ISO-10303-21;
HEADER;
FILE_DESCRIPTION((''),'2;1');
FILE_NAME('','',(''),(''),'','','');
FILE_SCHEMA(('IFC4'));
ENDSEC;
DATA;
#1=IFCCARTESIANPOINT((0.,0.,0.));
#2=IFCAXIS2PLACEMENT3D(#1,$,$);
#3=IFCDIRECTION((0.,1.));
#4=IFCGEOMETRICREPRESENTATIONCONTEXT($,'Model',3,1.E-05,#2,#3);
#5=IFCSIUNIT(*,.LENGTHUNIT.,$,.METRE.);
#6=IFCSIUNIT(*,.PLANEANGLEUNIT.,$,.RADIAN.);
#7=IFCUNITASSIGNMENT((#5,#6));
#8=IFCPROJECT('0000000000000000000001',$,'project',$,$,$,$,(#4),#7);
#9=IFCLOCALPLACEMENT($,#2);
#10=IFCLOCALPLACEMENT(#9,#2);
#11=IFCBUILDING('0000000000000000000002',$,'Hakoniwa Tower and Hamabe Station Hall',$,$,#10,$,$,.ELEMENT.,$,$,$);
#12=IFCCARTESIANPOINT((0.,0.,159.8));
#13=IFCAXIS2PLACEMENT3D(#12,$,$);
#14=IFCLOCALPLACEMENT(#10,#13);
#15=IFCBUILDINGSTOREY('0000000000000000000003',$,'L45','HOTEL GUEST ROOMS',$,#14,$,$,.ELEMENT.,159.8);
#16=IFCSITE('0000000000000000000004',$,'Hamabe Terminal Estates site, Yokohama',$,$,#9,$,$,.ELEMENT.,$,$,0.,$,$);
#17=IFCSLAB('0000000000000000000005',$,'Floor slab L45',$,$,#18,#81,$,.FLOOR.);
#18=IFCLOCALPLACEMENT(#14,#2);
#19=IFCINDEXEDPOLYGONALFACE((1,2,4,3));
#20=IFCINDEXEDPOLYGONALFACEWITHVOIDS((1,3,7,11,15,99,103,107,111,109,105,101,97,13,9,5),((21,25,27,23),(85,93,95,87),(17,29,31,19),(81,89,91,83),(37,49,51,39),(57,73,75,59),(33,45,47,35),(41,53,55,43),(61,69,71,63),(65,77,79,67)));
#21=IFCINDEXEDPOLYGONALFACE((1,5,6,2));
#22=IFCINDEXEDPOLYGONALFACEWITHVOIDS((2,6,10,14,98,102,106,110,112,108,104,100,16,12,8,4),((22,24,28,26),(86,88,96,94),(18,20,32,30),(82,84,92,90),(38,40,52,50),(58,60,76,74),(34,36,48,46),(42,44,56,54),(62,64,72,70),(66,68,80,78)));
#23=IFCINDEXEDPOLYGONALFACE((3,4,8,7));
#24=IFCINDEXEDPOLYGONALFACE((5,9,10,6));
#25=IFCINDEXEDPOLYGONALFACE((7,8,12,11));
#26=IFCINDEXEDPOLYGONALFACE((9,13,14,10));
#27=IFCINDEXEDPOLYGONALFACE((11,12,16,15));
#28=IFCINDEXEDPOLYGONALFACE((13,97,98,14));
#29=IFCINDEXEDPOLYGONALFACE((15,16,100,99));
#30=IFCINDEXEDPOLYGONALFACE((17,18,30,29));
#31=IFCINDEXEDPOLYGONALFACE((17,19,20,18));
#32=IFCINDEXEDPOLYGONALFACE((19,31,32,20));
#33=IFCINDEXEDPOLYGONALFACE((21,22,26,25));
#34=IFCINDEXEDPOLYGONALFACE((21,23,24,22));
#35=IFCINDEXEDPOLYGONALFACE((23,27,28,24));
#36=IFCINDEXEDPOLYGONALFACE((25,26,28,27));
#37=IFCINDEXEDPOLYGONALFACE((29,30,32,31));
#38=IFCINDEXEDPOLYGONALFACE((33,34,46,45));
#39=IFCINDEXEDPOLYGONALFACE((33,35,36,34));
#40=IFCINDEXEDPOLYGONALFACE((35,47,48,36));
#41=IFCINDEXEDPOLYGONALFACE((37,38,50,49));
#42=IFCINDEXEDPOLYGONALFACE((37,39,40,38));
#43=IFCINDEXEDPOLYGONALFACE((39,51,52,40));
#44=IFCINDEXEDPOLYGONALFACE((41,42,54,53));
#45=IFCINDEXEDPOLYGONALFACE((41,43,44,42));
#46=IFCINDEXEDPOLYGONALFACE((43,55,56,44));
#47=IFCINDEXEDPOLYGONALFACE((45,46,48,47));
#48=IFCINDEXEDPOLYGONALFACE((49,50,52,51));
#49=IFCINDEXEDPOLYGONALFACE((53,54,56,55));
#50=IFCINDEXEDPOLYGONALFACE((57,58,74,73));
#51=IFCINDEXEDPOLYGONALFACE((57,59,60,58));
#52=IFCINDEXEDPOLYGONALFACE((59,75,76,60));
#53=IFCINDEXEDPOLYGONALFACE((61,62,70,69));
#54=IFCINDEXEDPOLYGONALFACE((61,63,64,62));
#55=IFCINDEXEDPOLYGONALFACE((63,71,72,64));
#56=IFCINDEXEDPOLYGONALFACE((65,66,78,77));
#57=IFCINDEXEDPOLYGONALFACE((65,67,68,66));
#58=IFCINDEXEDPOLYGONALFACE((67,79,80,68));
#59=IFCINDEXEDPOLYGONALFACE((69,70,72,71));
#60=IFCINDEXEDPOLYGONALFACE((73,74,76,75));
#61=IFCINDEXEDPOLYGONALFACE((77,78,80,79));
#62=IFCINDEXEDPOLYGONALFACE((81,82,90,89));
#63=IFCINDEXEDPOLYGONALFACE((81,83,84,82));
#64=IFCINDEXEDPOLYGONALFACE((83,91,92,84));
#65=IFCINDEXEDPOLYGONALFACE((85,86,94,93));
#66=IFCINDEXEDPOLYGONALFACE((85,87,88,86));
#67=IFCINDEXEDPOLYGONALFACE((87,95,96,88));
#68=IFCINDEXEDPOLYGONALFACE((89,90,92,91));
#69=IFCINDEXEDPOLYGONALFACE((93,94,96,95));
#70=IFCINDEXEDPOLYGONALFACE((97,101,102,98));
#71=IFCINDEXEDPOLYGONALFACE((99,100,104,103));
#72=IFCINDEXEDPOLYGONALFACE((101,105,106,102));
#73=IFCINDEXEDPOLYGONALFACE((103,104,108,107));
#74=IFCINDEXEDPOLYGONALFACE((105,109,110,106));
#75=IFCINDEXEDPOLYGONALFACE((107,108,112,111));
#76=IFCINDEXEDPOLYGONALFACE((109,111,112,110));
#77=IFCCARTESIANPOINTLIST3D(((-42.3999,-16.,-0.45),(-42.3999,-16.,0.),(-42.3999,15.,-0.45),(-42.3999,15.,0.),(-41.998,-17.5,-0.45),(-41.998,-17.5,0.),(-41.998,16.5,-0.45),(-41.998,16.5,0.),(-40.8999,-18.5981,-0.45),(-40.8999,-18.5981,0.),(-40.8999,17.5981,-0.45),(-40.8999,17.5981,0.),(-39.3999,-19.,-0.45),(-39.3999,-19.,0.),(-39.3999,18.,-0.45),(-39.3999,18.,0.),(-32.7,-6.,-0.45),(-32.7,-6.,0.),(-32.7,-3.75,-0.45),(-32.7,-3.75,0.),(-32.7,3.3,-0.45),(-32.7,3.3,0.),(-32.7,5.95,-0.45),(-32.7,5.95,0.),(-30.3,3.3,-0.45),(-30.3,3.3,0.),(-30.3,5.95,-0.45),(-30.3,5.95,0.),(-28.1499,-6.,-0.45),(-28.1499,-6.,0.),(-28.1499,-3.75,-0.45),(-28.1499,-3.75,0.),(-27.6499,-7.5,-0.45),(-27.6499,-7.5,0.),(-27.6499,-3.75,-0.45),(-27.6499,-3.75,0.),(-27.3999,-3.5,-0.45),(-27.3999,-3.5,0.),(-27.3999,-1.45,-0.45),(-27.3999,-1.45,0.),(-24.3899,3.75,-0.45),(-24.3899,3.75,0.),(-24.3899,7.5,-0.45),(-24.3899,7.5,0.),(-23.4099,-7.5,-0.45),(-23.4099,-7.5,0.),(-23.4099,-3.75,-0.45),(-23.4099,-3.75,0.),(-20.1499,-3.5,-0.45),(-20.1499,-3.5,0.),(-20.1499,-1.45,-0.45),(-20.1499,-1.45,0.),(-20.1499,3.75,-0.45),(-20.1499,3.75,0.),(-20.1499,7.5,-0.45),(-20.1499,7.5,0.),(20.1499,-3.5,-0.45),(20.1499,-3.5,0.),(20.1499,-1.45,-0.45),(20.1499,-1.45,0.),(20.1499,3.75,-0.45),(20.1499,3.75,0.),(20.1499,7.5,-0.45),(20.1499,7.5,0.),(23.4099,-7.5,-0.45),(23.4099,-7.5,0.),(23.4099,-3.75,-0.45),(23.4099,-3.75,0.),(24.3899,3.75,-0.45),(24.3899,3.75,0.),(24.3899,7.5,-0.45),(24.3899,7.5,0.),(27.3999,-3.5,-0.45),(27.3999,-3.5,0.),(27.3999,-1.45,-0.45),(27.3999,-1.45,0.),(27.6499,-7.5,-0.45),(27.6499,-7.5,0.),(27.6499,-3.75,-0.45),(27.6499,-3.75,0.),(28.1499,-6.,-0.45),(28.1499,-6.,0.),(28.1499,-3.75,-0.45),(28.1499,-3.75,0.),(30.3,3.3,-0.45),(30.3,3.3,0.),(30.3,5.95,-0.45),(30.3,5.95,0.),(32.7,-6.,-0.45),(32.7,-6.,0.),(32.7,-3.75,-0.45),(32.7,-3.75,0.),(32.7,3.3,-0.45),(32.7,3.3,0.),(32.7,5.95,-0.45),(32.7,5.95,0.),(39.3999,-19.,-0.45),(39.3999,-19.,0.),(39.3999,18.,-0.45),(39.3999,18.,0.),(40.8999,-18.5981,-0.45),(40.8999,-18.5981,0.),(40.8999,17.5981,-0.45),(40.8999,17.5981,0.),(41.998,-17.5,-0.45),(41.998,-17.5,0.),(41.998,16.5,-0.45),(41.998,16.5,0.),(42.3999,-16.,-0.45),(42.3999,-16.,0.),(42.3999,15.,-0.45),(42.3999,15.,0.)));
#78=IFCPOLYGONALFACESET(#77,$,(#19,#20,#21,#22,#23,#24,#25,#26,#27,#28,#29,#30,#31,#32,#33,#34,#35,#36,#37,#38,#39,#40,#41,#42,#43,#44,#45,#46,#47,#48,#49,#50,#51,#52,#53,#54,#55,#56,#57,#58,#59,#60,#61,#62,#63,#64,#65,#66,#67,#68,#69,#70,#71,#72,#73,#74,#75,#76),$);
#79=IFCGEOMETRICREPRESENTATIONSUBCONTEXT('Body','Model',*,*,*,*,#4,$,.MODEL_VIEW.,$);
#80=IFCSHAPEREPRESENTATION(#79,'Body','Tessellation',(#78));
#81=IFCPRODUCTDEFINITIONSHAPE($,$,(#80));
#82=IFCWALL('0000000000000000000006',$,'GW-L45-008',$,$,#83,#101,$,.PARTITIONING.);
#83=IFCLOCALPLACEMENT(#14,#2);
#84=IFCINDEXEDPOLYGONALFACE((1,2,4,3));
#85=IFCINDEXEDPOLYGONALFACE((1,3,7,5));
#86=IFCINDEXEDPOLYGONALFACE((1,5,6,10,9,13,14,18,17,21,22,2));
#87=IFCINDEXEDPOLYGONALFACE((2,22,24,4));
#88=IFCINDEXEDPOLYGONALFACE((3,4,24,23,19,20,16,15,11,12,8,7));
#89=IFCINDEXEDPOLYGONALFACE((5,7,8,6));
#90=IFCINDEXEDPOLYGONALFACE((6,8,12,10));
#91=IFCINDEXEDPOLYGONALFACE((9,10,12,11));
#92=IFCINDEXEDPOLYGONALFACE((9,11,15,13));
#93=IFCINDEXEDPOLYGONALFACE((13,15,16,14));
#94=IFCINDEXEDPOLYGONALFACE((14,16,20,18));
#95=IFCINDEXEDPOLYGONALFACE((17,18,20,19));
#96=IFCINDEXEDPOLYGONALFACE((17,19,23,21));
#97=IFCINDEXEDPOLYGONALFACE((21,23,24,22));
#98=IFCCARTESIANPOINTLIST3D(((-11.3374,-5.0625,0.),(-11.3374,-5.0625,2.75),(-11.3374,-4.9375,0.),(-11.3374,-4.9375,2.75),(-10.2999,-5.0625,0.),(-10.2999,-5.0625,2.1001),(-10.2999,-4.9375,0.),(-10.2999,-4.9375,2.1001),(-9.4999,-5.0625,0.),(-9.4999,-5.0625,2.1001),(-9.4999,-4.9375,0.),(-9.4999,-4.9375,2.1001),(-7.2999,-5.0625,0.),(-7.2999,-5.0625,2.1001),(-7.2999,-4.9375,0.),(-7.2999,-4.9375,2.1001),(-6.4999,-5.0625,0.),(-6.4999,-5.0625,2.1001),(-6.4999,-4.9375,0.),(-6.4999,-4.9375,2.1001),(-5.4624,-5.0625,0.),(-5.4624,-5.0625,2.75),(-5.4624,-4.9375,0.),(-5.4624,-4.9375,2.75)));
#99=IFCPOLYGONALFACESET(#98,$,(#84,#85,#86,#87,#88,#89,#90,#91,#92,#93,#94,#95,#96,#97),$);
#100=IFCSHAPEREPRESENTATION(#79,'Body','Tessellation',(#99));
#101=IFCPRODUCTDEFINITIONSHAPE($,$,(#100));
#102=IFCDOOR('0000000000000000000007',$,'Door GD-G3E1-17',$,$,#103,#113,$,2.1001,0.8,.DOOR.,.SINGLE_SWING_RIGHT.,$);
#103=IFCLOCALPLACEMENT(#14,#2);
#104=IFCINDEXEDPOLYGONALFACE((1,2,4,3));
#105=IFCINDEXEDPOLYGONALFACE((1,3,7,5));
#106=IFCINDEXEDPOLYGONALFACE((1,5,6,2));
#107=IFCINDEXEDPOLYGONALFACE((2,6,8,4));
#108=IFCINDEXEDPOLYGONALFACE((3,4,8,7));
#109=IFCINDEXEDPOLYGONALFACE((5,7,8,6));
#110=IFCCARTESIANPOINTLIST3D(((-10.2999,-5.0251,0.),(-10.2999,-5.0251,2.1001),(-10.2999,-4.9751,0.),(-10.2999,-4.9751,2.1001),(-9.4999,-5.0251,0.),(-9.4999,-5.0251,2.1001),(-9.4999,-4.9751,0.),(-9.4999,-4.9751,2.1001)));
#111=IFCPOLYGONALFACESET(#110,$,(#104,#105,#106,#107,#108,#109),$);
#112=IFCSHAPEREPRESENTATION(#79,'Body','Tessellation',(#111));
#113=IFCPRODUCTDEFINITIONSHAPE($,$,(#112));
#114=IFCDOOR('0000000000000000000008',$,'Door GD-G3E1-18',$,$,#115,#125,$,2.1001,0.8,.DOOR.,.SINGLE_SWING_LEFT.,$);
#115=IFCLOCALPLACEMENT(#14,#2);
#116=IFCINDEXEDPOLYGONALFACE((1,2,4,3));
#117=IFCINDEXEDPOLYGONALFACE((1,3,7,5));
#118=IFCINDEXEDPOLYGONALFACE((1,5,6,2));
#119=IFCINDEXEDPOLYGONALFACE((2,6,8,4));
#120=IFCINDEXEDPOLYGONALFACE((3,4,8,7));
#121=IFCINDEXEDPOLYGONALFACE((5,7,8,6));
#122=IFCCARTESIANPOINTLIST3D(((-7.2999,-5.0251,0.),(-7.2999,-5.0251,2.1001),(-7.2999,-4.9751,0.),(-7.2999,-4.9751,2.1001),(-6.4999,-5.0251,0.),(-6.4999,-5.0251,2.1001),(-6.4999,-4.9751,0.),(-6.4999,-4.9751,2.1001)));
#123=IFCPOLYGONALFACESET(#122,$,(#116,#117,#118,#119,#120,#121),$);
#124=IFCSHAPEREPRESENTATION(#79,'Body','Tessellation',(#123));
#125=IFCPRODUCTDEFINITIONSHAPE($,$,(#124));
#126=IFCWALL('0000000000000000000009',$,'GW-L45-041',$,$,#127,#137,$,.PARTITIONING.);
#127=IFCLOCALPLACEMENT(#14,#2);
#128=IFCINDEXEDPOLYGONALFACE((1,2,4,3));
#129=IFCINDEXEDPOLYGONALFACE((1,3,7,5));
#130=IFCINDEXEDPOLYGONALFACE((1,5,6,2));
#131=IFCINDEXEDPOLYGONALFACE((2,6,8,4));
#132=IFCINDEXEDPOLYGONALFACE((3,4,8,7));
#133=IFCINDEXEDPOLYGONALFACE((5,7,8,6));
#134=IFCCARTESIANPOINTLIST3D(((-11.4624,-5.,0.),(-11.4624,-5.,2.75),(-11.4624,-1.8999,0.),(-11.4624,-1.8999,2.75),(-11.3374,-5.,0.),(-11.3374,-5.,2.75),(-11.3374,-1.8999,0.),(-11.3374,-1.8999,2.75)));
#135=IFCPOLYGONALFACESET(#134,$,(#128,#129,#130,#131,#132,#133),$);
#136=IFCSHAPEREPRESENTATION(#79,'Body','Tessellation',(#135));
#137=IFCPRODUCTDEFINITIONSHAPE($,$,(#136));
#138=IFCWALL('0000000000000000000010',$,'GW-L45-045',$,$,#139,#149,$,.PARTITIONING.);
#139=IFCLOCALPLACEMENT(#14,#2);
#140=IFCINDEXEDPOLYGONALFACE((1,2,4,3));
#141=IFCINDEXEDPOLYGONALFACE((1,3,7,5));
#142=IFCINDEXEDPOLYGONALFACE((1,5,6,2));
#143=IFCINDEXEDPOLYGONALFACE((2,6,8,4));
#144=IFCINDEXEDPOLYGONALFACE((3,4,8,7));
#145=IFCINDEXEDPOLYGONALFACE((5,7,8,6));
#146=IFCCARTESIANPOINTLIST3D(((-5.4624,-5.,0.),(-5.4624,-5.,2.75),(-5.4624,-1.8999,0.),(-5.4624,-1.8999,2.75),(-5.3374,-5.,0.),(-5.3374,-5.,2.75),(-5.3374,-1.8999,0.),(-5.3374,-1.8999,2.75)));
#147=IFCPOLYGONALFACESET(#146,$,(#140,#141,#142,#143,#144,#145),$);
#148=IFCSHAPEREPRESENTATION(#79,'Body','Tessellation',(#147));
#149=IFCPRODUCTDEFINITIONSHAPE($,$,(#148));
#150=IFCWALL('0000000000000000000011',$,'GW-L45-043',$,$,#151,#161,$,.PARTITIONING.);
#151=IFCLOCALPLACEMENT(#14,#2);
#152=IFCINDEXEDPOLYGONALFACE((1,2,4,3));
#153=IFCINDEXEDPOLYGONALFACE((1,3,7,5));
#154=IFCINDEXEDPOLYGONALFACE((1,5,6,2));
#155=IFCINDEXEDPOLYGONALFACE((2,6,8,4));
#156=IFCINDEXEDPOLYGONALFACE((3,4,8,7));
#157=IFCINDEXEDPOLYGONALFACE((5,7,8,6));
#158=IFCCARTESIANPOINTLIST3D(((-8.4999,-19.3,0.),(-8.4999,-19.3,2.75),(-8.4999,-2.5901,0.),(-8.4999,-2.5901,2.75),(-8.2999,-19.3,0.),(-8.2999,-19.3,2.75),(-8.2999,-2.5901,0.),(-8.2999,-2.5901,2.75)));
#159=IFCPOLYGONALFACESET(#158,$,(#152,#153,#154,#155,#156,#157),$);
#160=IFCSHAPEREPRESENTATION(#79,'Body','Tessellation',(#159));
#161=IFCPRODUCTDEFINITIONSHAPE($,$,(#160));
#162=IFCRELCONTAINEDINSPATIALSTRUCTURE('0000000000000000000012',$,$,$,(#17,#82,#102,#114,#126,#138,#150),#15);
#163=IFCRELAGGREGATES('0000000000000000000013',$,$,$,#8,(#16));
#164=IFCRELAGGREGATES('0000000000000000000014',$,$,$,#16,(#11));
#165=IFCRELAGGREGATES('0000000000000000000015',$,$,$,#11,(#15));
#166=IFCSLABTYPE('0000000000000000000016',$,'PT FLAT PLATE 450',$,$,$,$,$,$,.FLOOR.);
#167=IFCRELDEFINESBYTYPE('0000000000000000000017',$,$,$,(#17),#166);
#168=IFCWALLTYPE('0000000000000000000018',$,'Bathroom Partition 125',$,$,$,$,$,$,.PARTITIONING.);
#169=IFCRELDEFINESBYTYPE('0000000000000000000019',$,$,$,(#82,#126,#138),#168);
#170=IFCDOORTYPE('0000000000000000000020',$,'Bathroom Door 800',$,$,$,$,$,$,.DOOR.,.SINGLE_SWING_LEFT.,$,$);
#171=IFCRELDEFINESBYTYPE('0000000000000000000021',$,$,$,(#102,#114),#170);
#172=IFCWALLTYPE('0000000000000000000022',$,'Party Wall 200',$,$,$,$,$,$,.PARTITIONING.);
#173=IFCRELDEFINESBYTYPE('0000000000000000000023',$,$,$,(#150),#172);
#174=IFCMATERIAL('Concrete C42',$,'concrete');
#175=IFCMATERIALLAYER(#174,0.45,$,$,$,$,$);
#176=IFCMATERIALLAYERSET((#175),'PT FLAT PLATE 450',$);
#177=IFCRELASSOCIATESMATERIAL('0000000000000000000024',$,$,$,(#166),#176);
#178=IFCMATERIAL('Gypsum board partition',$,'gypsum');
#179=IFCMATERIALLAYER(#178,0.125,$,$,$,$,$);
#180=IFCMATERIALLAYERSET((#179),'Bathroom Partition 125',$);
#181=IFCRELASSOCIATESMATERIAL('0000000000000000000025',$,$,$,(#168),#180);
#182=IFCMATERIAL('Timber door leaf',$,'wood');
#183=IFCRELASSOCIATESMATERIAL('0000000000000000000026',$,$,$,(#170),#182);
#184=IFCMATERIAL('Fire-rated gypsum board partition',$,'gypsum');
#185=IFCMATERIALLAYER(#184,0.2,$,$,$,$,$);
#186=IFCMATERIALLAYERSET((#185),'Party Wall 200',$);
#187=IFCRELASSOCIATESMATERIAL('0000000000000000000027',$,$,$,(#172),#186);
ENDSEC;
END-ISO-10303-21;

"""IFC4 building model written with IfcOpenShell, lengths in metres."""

from ifc_helpers import new_model, si_unit, direction, frame, frame_2d, origin, place, context, subcontext, project, spatial, polyline, rectangle, outline, extrude, material, layer, layer_set, type_object, element, fill, save


model = new_model("IFC4")

# Units and contexts
model_context = context("Model", 3, precision=1e-05, world=origin(), true_north=direction((0.0, 1.0)))
body_context = subcontext(model_context, "Body", "Model", "MODEL_VIEW")
ifc_project = project(units=[si_unit("LENGTHUNIT", "METRE"), si_unit("PLANEANGLEUNIT", "RADIAN")], contexts=[model_context])

# Site, building, storey
site_placement = place(None, origin())
site = spatial("IfcSite", under=ifc_project, at=site_placement, Name="Hamabe Terminal Estates site, Yokohama", CompositionType="ELEMENT", RefElevation=0.0)
building_placement = place(site_placement, origin())
building = spatial("IfcBuilding", under=site, at=building_placement, Name="Hakoniwa Tower and Hamabe Station Hall", CompositionType="ELEMENT")
storey_placement = place(building_placement, frame((0.0, 0.0, 159.8)))
storey = spatial("IfcBuildingStorey", under=building, at=storey_placement, Name="L45", Description="HOTEL GUEST ROOMS", CompositionType="ELEMENT", Elevation=159.8)

# Slab
ifc_material_1 = material(Name="Concrete C42", Category="concrete")
ifc_layer_1 = layer(ifc_material_1, 0.45)
ifc_layer_set_1 = layer_set([ifc_layer_1], Name="PT FLAT PLATE 450")
slab_type = type_object("IfcSlabType", Name="PT FLAT PLATE 450", PredefinedType="FLOOR", material=ifc_layer_set_1)
slab_placement = place(storey_placement, frame((0.0, 0.0, -0.45)))
element("IfcSlab", 1, at=slab_placement, inside=storey, type_object=slab_type, Name="Floor slab L45", PredefinedType="FLOOR", context=body_context, shape_type="SweptSolid", body=[
    extrude(outline(polyline([(42.3999, -16.0), (42.3999, 15.0), (41.998, 16.5), (40.8999, 17.5981), (39.3999, 18.0), (-39.3999, 18.0), (-40.8999, 17.5981), (-41.998, 16.5), (-42.3999, 15.0), (-42.3999, -16.0), (-41.998, -17.5), (-40.8999, -18.5981), (-39.3999, -19.0), (39.3999, -19.0), (40.8999, -18.5981), (41.998, -17.5), (42.3999, -16.0)]), holes=[polyline([(-27.3999, -3.5), (-27.3999, -1.45), (-20.1499, -1.45), (-20.1499, -3.5), (-27.3999, -3.5)]), polyline([(-32.7, 3.3), (-32.7, 5.95), (-30.3, 5.95), (-30.3, 3.3), (-32.7, 3.3)]), polyline([(-32.7, -6.0), (-32.7, -3.75), (-28.1499, -3.75), (-28.1499, -6.0), (-32.7, -6.0)]), polyline([(-24.3899, 3.75), (-24.3899, 7.5), (-20.1499, 7.5), (-20.1499, 3.75), (-24.3899, 3.75)]), polyline([(-27.6499, -7.5), (-27.6499, -3.75), (-23.4099, -3.75), (-23.4099, -7.5), (-27.6499, -7.5)]), polyline([(20.1499, -3.5), (20.1499, -1.45), (27.3999, -1.45), (27.3999, -3.5), (20.1499, -3.5)]), polyline([(30.3, 3.3), (30.3, 5.95), (32.7, 5.95), (32.7, 3.3), (30.3, 3.3)]), polyline([(28.1499, -6.0), (28.1499, -3.75), (32.7, -3.75), (32.7, -6.0), (28.1499, -6.0)]), polyline([(20.1499, 3.75), (20.1499, 7.5), (24.3899, 7.5), (24.3899, 3.75), (20.1499, 3.75)]), polyline([(23.4099, -7.5), (23.4099, -3.75), (27.6499, -3.75), (27.6499, -7.5), (23.4099, -7.5)])]), origin(), (0.0, 0.0, 1.0), 0.45),
])

# Wall, openings, doors
ifc_material_2 = material(Name="Gypsum board partition", Category="gypsum")
ifc_layer_2 = layer(ifc_material_2, 0.125)
ifc_layer_set_2 = layer_set([ifc_layer_2], Name="Bathroom Partition 125")
wall_type_1 = type_object("IfcWallType", Name="Bathroom Partition 125", PredefinedType="PARTITIONING", material=ifc_layer_set_2)
wall_1_placement = place(storey_placement, frame((-11.3374, -5.0, 0.0), z_axis=(0.0, 0.0, 1.0), x_axis=(1.0, 0.0, 0.0)))
wall_1 = element("IfcWall", 2, at=wall_1_placement, inside=storey, type_object=wall_type_1, Name="GW-L45-008", PredefinedType="PARTITIONING", context=body_context, shape_type="SweptSolid", body=[
    extrude(rectangle(XDim=5.875, YDim=0.125, at=frame_2d((2.9375, 0.0))), origin(), (0.0, 0.0, 1.0), 2.75),
])
opening_1_placement = place(wall_1_placement, frame((1.0376, 0.0, 0.0)))
opening_1 = element("IfcOpeningElement", 3, at=opening_1_placement, cuts=wall_1, PredefinedType="OPENING", context=body_context, shape_type="SweptSolid", body=[
    extrude(rectangle(XDim=0.8, YDim=2.1001, at=frame_2d((0.3999, 1.05))), frame((0.0, 0.0725, 0.0), z_axis=(0.0, -1.0, 0.0), x_axis=(1.0, 0.0, 0.0)), (0.0, 0.0, 1.0), 0.145),
])
opening_2_placement = place(wall_1_placement, frame((4.0376, 0.0, 0.0)))
opening_2 = element("IfcOpeningElement", 4, at=opening_2_placement, cuts=wall_1, PredefinedType="OPENING", context=body_context, shape_type="SweptSolid", body=[
    extrude(rectangle(XDim=0.8, YDim=2.1001, at=frame_2d((0.3999, 1.05))), frame((0.0, 0.0725, 0.0), z_axis=(0.0, -1.0, 0.0), x_axis=(1.0, 0.0, 0.0)), (0.0, 0.0, 1.0), 0.145),
])
ifc_material_3 = material(Name="Timber door leaf", Category="wood")
door_type_1 = type_object("IfcDoorType", Name="Bathroom Door 800", OperationType="SINGLE_SWING_LEFT", PredefinedType="DOOR", material=ifc_material_3)
door_1_placement = place(opening_1_placement, origin())
door_1 = element("IfcDoor", 5, at=door_1_placement, inside=storey, type_object=door_type_1, Name="Door GD-G3E1-17", OperationType="SINGLE_SWING_RIGHT", OverallHeight=2.1001, OverallWidth=0.8, PredefinedType="DOOR", context=body_context, shape_type="SweptSolid", body=[
    extrude(rectangle(XDim=0.8, YDim=2.1001, at=frame_2d((0.3999, 1.05))), frame((0.0, 0.0249, 0.0), z_axis=(0.0, -1.0, 0.0), x_axis=(1.0, 0.0, 0.0)), (0.0, 0.0, 1.0), 0.05),
])
fill(opening_1, door_1)
door_2_placement = place(opening_2_placement, origin())
door_2 = element("IfcDoor", 6, at=door_2_placement, inside=storey, type_object=door_type_1, Name="Door GD-G3E1-18", OperationType="SINGLE_SWING_LEFT", OverallHeight=2.1001, OverallWidth=0.8, PredefinedType="DOOR", context=body_context, shape_type="SweptSolid", body=[
    extrude(rectangle(XDim=0.8, YDim=2.1001, at=frame_2d((0.3999, 1.05))), frame((0.0, 0.0249, 0.0), z_axis=(0.0, -1.0, 0.0), x_axis=(1.0, 0.0, 0.0)), (0.0, 0.0, 1.0), 0.05),
])
fill(opening_2, door_2)

# Walls
for number, where, z_axis, x_axis, name in (
    (7, (-11.3999, -5.0, 0.0), (0.0, 0.0, 1.0), (0.0, 1.0, 0.0), "GW-L45-041"),
    (8, (-5.3999, -5.0, 0.0), (0.0, 0.0, 1.0), (0.0, 1.0, 0.0), "GW-L45-045"),
):
    element("IfcWall", number, at=place(storey_placement, frame(where, z_axis=z_axis, x_axis=x_axis)), inside=storey, type_object=wall_type_1, Name=name, PredefinedType="PARTITIONING", context=body_context, shape_type="SweptSolid", body=[
        extrude(rectangle(XDim=3.1001, YDim=0.125, at=frame_2d((1.55, 0.0))), origin(), (0.0, 0.0, 1.0), 2.75),
    ])
ifc_material_4 = material(Name="Fire-rated gypsum board partition", Category="gypsum")
ifc_layer_3 = layer(ifc_material_4, 0.2)
ifc_layer_set_3 = layer_set([ifc_layer_3], Name="Party Wall 200")
wall_type_2 = type_object("IfcWallType", Name="Party Wall 200", PredefinedType="PARTITIONING", material=ifc_layer_set_3)
wall_2_placement = place(storey_placement, frame((-8.3999, -19.3, 0.0), z_axis=(0.0, 0.0, 1.0), x_axis=(0.0, 1.0, 0.0)))
element("IfcWall", 9, at=wall_2_placement, inside=storey, type_object=wall_type_2, Name="GW-L45-043", PredefinedType="PARTITIONING", context=body_context, shape_type="SweptSolid", body=[
    extrude(rectangle(XDim=16.71, YDim=0.2, at=frame_2d((8.355, 0.0))), origin(), (0.0, 0.0, 1.0), 2.75),
])

save(model, "model.ifc")
